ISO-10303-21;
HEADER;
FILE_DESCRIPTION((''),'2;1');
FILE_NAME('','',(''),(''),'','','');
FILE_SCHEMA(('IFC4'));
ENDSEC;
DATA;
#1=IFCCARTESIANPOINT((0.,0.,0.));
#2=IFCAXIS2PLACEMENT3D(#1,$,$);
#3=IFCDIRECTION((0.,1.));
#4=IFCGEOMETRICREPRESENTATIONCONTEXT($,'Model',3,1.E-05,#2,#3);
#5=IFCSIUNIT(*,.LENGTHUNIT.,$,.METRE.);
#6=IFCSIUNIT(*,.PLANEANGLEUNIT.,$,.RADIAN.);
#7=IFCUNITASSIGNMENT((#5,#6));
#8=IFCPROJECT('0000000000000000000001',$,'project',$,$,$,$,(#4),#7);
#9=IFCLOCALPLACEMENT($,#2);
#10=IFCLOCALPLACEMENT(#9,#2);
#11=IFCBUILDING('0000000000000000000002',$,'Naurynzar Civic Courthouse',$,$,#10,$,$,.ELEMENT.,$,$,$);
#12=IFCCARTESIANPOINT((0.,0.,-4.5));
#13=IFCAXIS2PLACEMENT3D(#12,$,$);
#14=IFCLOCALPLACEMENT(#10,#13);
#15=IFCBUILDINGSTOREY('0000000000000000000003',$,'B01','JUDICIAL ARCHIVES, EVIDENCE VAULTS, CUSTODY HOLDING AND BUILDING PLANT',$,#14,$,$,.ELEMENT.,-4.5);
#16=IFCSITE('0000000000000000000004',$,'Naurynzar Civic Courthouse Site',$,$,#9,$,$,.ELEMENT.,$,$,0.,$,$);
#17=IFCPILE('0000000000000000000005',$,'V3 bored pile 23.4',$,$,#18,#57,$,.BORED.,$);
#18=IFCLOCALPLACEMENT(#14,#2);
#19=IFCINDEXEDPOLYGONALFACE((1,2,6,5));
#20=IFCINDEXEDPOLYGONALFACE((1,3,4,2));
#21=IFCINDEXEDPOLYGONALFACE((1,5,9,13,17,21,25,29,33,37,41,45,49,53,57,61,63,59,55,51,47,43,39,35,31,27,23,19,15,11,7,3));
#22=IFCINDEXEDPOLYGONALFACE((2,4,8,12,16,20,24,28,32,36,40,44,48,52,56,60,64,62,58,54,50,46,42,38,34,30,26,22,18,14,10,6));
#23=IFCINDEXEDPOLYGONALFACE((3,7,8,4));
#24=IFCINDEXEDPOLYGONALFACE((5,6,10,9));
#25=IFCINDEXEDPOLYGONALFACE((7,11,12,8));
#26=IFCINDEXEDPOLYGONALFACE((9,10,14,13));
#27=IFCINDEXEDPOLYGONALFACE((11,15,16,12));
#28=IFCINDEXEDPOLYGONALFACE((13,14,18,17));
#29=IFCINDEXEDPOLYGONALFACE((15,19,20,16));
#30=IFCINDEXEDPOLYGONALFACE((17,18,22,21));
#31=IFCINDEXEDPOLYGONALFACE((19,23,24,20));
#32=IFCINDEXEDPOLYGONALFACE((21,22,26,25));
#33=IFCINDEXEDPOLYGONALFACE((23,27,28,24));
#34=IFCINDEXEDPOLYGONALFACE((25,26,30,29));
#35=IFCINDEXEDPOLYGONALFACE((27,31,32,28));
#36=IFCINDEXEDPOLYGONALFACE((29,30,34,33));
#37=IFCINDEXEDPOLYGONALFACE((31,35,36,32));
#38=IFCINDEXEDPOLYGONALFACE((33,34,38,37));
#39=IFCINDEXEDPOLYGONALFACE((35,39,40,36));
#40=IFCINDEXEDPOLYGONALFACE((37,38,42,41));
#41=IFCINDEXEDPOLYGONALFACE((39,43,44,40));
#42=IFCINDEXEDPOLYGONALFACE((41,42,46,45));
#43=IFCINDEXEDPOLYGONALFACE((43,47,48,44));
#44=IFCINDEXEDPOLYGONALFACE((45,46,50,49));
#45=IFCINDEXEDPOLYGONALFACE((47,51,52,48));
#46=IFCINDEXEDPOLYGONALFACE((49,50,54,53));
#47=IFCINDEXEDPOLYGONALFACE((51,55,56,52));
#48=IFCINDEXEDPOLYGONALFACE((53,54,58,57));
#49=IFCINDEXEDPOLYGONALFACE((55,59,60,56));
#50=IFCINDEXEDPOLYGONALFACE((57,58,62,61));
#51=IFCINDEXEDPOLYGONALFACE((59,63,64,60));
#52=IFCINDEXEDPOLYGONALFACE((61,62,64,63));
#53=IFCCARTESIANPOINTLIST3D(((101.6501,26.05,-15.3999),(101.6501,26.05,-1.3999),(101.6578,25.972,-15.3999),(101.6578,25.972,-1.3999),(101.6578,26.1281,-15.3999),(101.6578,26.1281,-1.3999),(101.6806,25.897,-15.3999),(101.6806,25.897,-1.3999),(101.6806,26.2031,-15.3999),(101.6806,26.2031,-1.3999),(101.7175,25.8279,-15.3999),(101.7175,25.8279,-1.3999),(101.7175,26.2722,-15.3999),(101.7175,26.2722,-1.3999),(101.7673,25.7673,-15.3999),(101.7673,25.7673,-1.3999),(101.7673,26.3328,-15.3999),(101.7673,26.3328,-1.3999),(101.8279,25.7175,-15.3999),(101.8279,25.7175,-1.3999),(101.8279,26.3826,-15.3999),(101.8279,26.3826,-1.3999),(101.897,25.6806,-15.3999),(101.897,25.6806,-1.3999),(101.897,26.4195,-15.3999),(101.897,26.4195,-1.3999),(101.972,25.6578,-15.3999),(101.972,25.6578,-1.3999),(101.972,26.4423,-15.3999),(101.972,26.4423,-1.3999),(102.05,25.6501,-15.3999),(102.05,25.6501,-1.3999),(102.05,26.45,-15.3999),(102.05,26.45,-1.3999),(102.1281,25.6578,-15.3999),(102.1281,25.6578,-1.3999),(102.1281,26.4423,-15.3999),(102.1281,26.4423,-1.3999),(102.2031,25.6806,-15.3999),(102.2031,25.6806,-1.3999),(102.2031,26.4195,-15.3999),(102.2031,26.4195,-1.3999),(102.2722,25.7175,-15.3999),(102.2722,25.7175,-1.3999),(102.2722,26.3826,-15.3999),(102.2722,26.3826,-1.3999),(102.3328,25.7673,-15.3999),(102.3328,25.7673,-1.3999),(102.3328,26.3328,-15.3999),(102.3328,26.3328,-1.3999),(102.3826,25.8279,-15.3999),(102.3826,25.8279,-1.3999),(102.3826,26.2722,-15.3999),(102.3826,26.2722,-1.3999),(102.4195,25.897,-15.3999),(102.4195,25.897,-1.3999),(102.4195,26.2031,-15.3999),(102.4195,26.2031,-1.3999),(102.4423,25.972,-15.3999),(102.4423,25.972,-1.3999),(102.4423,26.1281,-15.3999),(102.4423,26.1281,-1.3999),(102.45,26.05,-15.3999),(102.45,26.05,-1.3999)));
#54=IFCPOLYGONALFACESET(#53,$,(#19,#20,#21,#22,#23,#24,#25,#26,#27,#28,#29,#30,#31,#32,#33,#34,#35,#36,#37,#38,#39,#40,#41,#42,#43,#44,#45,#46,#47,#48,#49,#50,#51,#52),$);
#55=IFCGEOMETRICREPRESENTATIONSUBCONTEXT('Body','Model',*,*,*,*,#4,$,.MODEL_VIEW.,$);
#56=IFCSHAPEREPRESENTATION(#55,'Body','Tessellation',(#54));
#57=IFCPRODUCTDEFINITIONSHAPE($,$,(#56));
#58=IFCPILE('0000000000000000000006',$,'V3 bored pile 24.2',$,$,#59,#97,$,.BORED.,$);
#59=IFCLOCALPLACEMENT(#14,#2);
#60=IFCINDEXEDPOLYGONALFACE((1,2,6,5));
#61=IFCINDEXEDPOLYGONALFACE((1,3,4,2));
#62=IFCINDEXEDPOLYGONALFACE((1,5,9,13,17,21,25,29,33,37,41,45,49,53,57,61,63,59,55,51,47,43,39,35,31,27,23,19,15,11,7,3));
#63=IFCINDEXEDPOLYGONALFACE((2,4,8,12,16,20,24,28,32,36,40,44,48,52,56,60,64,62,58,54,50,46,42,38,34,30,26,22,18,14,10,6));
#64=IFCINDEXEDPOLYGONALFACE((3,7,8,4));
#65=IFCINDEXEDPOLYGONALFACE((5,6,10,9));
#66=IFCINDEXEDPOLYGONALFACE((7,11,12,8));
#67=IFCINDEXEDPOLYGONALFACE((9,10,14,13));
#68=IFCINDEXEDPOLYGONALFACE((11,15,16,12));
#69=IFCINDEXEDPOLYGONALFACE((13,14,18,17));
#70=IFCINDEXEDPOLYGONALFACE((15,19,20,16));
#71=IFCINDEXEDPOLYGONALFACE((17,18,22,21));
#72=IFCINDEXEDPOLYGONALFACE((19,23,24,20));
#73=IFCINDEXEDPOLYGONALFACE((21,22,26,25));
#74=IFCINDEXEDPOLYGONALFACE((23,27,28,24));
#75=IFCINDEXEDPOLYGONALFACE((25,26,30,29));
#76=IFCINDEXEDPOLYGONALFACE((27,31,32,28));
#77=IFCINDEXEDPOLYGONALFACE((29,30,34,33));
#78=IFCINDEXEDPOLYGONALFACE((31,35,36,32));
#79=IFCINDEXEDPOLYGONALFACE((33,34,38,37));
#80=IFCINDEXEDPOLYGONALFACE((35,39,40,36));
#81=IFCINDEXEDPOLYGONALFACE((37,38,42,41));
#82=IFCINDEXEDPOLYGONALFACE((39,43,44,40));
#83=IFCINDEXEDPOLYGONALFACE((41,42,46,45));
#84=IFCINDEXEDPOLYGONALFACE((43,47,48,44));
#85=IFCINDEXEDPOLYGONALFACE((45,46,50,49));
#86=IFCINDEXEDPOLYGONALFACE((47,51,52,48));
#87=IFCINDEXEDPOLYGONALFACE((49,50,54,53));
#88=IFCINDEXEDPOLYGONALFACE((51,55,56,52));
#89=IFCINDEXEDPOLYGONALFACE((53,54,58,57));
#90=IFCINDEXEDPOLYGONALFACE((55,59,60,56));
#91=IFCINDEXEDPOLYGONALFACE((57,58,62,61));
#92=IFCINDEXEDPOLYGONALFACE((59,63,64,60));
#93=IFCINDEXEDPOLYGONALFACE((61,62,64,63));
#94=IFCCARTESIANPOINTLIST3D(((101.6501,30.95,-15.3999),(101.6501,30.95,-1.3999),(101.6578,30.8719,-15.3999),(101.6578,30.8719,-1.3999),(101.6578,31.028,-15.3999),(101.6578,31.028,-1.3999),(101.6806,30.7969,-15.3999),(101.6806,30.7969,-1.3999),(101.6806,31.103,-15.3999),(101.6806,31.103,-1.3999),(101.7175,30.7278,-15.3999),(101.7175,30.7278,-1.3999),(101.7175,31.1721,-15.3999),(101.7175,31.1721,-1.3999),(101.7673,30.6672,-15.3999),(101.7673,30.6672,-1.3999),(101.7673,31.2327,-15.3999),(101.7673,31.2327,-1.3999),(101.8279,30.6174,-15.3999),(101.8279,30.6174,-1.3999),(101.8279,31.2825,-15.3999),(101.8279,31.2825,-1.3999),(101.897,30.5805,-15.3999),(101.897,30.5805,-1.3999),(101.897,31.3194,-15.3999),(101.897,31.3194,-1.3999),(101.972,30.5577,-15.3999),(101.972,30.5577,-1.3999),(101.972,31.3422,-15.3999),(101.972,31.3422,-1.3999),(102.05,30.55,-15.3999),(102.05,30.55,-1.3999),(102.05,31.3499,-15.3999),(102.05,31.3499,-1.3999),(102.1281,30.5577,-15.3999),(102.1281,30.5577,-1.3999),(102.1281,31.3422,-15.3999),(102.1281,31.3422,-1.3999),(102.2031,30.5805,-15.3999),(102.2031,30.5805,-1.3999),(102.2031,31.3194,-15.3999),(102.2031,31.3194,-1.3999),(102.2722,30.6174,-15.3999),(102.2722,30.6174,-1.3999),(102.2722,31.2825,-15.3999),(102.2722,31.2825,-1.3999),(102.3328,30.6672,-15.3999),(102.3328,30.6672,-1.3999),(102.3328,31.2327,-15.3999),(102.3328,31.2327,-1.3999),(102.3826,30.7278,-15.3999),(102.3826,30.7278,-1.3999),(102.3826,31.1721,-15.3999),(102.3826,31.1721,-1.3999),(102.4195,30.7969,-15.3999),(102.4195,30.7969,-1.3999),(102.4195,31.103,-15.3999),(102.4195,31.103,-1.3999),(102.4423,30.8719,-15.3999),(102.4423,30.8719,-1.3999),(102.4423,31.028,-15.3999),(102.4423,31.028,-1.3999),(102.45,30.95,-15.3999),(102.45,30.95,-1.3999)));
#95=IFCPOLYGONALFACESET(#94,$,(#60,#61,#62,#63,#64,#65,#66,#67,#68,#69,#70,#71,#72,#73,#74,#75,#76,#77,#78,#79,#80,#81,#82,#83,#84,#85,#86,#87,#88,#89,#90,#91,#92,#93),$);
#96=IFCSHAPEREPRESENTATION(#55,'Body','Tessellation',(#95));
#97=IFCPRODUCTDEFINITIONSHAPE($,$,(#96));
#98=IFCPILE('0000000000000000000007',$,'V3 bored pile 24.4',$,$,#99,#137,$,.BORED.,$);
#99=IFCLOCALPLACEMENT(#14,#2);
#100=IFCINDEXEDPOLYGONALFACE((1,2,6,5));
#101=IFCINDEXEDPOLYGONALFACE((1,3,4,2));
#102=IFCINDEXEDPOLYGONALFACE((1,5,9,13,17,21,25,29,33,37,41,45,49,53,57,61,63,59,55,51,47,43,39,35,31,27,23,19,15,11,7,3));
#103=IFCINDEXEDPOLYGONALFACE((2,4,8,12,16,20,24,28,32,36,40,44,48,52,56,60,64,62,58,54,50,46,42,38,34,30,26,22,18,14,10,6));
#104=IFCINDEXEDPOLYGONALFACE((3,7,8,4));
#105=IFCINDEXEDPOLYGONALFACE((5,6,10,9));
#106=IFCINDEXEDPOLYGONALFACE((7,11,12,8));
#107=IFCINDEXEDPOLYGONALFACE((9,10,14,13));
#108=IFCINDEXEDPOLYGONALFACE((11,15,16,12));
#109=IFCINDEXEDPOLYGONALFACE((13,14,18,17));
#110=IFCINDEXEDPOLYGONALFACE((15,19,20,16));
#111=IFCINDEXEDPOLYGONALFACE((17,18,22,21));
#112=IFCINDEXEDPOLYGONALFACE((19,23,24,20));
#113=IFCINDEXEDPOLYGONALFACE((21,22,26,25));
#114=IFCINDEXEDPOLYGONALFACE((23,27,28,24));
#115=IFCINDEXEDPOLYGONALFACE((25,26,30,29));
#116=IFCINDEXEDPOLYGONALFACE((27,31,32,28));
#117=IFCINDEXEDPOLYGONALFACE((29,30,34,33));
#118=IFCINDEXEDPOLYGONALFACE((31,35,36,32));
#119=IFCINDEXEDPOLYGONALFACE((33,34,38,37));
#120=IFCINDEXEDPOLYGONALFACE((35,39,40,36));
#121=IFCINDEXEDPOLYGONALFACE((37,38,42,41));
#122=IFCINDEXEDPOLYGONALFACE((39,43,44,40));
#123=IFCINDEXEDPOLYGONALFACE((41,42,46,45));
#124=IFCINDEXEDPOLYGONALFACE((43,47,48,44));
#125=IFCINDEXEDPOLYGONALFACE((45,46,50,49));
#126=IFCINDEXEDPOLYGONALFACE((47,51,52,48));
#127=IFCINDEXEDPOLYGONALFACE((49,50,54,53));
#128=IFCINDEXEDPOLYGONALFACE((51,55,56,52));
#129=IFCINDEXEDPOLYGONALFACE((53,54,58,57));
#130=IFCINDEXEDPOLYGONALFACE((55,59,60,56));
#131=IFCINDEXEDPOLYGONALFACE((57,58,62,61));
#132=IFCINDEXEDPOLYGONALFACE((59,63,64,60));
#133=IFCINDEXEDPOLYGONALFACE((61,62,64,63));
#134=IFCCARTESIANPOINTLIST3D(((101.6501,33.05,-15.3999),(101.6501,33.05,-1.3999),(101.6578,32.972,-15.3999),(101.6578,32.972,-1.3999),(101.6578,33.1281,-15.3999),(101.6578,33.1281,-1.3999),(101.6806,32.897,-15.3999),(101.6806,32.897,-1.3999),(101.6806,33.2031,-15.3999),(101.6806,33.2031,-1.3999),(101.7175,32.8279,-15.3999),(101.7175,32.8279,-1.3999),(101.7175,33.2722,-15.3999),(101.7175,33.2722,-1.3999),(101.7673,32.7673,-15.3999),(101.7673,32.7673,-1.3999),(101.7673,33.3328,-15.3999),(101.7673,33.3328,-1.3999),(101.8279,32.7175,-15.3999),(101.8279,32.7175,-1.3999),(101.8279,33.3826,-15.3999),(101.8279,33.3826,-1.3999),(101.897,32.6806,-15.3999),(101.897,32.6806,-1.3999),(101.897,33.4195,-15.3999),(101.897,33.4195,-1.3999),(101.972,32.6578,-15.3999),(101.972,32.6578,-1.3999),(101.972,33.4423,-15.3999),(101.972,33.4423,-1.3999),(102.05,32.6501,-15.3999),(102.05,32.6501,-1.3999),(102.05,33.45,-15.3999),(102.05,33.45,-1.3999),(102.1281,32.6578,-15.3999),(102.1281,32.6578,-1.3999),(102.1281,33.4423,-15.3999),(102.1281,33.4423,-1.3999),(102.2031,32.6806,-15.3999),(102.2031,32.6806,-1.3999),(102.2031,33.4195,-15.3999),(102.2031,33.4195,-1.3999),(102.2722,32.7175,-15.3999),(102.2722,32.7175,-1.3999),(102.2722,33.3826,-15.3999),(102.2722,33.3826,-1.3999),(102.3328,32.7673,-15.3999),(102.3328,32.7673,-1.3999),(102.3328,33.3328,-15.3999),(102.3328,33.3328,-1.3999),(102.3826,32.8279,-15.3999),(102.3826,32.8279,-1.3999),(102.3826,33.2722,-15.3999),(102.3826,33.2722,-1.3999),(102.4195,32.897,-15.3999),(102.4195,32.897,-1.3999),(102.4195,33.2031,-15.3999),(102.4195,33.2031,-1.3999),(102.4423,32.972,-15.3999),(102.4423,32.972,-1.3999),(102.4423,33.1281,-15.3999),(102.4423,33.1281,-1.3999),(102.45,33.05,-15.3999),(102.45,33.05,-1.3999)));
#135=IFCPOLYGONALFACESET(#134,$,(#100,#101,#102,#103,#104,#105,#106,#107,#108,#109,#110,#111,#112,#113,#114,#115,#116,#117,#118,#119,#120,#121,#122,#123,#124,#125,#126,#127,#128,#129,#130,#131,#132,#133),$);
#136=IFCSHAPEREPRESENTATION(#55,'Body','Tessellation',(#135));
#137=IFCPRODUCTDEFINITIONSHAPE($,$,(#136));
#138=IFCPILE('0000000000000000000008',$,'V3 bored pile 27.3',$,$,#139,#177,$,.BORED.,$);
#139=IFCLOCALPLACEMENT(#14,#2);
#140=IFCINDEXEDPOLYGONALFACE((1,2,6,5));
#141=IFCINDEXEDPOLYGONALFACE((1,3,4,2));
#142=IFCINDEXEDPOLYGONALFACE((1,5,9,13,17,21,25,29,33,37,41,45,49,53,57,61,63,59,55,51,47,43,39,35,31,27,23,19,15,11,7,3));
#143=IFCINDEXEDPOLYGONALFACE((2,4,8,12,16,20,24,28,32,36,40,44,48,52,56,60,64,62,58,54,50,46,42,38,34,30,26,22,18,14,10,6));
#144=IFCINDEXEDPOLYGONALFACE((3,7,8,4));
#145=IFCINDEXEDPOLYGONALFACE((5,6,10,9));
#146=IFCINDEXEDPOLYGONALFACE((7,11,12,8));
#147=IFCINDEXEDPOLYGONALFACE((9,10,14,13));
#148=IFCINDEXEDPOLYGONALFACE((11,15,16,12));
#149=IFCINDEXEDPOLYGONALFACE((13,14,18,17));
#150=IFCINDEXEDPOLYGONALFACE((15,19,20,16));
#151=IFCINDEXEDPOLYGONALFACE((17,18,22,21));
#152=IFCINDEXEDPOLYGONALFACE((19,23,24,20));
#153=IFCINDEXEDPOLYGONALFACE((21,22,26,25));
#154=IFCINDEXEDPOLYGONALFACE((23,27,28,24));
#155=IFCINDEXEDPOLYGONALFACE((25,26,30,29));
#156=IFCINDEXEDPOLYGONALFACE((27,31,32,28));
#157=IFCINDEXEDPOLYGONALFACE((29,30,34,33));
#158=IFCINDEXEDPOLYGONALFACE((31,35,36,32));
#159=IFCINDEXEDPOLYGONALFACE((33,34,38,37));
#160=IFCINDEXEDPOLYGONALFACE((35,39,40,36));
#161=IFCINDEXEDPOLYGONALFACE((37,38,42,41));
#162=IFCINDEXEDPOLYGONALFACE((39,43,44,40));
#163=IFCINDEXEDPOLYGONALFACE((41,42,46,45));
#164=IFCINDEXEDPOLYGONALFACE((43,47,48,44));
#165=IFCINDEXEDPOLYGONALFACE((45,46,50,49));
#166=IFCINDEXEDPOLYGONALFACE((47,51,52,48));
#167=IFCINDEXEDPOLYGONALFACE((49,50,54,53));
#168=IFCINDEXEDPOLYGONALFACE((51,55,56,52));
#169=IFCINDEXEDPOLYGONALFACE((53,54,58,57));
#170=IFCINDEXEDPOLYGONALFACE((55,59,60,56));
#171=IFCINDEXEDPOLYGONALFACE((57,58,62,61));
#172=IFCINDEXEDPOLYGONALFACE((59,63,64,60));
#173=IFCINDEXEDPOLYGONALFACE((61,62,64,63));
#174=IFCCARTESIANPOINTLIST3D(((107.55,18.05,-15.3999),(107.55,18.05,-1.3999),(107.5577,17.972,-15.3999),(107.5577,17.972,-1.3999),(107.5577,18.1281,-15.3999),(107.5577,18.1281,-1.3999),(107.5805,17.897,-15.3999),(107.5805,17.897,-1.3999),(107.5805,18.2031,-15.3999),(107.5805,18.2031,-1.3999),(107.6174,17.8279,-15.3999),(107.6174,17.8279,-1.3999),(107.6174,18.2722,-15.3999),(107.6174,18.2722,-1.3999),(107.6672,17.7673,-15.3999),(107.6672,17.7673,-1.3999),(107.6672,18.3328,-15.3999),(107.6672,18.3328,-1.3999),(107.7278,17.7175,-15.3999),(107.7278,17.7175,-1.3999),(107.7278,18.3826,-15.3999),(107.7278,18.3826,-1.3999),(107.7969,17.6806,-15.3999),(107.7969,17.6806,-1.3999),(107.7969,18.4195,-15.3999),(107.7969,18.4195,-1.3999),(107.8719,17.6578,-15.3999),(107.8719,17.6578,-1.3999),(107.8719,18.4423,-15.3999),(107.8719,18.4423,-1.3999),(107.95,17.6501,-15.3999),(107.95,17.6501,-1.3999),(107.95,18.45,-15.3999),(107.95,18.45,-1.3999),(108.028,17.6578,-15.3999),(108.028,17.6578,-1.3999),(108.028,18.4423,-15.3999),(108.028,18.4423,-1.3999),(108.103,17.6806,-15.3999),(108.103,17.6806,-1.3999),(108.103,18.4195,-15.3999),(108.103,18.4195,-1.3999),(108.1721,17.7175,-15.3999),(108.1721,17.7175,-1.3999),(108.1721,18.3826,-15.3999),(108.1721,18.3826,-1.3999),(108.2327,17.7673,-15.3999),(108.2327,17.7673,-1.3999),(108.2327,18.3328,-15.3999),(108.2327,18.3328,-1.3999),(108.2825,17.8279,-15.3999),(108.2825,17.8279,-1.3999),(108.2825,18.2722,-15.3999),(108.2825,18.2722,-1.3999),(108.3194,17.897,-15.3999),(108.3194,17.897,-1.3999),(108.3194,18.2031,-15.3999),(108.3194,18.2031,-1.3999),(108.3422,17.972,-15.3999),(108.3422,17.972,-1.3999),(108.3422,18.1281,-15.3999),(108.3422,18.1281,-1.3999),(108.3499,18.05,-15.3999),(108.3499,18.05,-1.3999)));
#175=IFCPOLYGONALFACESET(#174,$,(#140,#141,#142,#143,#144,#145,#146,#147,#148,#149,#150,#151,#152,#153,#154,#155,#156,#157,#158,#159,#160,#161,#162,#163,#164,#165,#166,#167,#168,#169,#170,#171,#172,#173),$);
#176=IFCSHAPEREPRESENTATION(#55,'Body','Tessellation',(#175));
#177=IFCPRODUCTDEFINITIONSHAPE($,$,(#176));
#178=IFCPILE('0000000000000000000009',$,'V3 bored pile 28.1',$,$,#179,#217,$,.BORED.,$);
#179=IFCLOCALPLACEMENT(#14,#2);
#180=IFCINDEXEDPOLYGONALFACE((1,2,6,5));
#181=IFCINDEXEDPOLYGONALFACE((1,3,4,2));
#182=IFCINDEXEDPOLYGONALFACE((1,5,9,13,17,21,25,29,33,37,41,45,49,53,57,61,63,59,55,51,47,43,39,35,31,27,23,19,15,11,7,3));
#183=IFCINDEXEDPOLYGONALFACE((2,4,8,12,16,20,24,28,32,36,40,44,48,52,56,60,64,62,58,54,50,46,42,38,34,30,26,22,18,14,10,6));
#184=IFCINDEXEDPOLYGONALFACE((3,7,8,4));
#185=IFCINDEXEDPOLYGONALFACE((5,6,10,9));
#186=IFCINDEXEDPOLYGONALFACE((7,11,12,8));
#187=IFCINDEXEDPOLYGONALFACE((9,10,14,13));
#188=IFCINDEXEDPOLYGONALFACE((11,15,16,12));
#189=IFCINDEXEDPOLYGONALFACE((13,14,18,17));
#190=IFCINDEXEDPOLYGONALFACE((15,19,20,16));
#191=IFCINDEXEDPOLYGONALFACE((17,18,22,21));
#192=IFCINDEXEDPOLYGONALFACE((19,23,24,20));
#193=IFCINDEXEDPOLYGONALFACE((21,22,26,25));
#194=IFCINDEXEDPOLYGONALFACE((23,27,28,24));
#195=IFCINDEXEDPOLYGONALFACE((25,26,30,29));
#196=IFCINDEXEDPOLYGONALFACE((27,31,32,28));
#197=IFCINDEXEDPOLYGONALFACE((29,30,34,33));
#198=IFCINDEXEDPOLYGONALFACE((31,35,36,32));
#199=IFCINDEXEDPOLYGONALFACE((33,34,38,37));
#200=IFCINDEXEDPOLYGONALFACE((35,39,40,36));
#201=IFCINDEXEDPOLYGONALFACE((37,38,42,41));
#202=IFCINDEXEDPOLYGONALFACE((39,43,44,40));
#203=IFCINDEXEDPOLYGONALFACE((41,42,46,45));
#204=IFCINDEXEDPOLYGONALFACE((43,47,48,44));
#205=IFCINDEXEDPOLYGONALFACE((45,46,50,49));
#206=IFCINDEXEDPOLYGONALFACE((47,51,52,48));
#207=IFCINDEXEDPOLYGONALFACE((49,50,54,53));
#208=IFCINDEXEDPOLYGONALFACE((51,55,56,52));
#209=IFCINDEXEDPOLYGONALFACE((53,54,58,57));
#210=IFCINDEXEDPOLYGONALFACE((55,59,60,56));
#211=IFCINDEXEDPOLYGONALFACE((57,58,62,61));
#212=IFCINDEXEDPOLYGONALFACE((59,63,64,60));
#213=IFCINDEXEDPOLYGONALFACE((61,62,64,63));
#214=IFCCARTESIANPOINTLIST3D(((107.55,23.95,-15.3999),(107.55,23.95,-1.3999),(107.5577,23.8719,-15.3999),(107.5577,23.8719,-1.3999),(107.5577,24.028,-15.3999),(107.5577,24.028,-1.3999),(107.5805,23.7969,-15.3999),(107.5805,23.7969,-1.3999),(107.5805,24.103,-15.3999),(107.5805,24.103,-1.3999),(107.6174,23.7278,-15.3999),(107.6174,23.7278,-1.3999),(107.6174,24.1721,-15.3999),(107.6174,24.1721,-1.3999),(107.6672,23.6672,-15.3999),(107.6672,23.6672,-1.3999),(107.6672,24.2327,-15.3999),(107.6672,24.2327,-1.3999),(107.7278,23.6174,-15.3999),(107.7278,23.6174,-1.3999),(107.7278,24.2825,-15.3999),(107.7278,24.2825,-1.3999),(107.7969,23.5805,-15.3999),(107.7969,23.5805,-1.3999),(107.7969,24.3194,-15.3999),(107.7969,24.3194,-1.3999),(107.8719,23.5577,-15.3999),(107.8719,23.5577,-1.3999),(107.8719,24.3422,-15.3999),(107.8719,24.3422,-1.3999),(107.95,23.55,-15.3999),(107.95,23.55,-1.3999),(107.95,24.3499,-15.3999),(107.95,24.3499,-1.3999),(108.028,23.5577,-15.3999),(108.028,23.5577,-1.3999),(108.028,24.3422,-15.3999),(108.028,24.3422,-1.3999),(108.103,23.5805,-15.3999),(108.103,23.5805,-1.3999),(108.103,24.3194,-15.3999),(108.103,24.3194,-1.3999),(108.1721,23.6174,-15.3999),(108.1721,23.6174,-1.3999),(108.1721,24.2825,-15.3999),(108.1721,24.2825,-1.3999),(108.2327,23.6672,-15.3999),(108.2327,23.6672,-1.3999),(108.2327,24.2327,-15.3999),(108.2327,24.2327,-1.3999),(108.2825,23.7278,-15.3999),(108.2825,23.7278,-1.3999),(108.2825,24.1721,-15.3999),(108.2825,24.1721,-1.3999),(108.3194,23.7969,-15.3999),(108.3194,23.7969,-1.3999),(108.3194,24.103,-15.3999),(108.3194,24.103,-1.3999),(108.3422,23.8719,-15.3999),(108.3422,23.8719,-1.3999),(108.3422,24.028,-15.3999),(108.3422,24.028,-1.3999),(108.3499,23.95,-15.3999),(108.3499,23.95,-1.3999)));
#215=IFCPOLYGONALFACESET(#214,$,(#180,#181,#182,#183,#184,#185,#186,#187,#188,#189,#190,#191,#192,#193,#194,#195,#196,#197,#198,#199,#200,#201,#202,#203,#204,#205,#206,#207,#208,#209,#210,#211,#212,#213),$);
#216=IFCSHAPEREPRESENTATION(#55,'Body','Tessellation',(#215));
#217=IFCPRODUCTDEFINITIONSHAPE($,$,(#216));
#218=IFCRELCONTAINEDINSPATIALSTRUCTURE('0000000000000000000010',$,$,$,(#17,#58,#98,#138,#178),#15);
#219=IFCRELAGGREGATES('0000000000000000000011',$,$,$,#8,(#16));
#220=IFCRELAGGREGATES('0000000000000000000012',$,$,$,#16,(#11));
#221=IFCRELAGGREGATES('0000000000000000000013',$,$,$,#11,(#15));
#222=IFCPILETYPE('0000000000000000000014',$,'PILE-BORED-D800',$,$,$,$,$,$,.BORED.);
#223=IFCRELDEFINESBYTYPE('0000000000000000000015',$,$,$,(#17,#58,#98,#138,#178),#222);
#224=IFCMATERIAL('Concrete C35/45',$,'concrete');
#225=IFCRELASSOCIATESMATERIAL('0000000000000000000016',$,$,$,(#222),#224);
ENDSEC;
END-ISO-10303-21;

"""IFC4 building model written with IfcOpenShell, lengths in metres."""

from ifc_helpers import new_model, si_unit, direction, frame, origin, origin_2d, place, context, subcontext, project, spatial, circle, extrude, material, material_profile, profile_set, type_object, element, save


model = new_model("IFC4")

# Units and contexts
model_context = context("Model", 3, precision=1e-05, world=origin(), true_north=direction((0.0, 1.0)))
body_context = subcontext(model_context, "Body", "Model", "MODEL_VIEW")
ifc_project = project(units=[si_unit("LENGTHUNIT", "METRE"), si_unit("PLANEANGLEUNIT", "RADIAN")], contexts=[model_context])

# Site, building, storey
site_placement = place(None, origin())
site = spatial("IfcSite", under=ifc_project, at=site_placement, Name="Naurynzar Civic Courthouse Site", CompositionType="ELEMENT", RefElevation=0.0)
building_placement = place(site_placement, origin())
building = spatial("IfcBuilding", under=site, at=building_placement, Name="Naurynzar Civic Courthouse", CompositionType="ELEMENT")
storey_placement = place(building_placement, frame((0.0, 0.0, -4.5)))
storey = spatial("IfcBuildingStorey", under=building, at=storey_placement, Name="B01", Description="JUDICIAL ARCHIVES, EVIDENCE VAULTS, CUSTODY HOLDING AND BUILDING PLANT", CompositionType="ELEMENT", Elevation=-4.5)

# Piles
ifc_material_1 = material(Name="Concrete C35/45", Category="concrete")
ifc_material_profile_1 = material_profile(ifc_material_1, circle(Radius=0.3999, at=origin_2d()), Name="PILE D800")
ifc_profile_set_1 = profile_set([ifc_material_profile_1], Name="Concrete C35/45")
pile_type = type_object("IfcPileType", Name="PILE-BORED-D800", PredefinedType="BORED", material=ifc_profile_set_1)
for number, where, z_axis, x_axis, name in (
    (1, (102.05, 26.05, -1.3999), (0.0, 0.0, -1.0), (1.0, 0.0, 0.0), "V3 bored pile 23.4"),
    (2, (102.05, 30.95, -1.3999), (0.0, 0.0, -1.0), (1.0, 0.0, 0.0), "V3 bored pile 24.2"),
    (3, (102.05, 33.05, -1.3999), (0.0, 0.0, -1.0), (1.0, 0.0, 0.0), "V3 bored pile 24.4"),
    (4, (107.95, 18.05, -1.3999), (0.0, 0.0, -1.0), (1.0, 0.0, 0.0), "V3 bored pile 27.3"),
    (5, (107.95, 23.95, -1.3999), (0.0, 0.0, -1.0), (1.0, 0.0, 0.0), "V3 bored pile 28.1"),
):
    element("IfcPile", number, at=place(storey_placement, frame(where, z_axis=z_axis, x_axis=x_axis)), inside=storey, type_object=pile_type, Name=name, PredefinedType="BORED", context=body_context, shape_type="SweptSolid", body=[
        extrude(circle(Radius=0.3999, at=origin_2d()), origin(), (0.0, 0.0, 1.0), 14.0),
    ])

save(model, "model.ifc")
